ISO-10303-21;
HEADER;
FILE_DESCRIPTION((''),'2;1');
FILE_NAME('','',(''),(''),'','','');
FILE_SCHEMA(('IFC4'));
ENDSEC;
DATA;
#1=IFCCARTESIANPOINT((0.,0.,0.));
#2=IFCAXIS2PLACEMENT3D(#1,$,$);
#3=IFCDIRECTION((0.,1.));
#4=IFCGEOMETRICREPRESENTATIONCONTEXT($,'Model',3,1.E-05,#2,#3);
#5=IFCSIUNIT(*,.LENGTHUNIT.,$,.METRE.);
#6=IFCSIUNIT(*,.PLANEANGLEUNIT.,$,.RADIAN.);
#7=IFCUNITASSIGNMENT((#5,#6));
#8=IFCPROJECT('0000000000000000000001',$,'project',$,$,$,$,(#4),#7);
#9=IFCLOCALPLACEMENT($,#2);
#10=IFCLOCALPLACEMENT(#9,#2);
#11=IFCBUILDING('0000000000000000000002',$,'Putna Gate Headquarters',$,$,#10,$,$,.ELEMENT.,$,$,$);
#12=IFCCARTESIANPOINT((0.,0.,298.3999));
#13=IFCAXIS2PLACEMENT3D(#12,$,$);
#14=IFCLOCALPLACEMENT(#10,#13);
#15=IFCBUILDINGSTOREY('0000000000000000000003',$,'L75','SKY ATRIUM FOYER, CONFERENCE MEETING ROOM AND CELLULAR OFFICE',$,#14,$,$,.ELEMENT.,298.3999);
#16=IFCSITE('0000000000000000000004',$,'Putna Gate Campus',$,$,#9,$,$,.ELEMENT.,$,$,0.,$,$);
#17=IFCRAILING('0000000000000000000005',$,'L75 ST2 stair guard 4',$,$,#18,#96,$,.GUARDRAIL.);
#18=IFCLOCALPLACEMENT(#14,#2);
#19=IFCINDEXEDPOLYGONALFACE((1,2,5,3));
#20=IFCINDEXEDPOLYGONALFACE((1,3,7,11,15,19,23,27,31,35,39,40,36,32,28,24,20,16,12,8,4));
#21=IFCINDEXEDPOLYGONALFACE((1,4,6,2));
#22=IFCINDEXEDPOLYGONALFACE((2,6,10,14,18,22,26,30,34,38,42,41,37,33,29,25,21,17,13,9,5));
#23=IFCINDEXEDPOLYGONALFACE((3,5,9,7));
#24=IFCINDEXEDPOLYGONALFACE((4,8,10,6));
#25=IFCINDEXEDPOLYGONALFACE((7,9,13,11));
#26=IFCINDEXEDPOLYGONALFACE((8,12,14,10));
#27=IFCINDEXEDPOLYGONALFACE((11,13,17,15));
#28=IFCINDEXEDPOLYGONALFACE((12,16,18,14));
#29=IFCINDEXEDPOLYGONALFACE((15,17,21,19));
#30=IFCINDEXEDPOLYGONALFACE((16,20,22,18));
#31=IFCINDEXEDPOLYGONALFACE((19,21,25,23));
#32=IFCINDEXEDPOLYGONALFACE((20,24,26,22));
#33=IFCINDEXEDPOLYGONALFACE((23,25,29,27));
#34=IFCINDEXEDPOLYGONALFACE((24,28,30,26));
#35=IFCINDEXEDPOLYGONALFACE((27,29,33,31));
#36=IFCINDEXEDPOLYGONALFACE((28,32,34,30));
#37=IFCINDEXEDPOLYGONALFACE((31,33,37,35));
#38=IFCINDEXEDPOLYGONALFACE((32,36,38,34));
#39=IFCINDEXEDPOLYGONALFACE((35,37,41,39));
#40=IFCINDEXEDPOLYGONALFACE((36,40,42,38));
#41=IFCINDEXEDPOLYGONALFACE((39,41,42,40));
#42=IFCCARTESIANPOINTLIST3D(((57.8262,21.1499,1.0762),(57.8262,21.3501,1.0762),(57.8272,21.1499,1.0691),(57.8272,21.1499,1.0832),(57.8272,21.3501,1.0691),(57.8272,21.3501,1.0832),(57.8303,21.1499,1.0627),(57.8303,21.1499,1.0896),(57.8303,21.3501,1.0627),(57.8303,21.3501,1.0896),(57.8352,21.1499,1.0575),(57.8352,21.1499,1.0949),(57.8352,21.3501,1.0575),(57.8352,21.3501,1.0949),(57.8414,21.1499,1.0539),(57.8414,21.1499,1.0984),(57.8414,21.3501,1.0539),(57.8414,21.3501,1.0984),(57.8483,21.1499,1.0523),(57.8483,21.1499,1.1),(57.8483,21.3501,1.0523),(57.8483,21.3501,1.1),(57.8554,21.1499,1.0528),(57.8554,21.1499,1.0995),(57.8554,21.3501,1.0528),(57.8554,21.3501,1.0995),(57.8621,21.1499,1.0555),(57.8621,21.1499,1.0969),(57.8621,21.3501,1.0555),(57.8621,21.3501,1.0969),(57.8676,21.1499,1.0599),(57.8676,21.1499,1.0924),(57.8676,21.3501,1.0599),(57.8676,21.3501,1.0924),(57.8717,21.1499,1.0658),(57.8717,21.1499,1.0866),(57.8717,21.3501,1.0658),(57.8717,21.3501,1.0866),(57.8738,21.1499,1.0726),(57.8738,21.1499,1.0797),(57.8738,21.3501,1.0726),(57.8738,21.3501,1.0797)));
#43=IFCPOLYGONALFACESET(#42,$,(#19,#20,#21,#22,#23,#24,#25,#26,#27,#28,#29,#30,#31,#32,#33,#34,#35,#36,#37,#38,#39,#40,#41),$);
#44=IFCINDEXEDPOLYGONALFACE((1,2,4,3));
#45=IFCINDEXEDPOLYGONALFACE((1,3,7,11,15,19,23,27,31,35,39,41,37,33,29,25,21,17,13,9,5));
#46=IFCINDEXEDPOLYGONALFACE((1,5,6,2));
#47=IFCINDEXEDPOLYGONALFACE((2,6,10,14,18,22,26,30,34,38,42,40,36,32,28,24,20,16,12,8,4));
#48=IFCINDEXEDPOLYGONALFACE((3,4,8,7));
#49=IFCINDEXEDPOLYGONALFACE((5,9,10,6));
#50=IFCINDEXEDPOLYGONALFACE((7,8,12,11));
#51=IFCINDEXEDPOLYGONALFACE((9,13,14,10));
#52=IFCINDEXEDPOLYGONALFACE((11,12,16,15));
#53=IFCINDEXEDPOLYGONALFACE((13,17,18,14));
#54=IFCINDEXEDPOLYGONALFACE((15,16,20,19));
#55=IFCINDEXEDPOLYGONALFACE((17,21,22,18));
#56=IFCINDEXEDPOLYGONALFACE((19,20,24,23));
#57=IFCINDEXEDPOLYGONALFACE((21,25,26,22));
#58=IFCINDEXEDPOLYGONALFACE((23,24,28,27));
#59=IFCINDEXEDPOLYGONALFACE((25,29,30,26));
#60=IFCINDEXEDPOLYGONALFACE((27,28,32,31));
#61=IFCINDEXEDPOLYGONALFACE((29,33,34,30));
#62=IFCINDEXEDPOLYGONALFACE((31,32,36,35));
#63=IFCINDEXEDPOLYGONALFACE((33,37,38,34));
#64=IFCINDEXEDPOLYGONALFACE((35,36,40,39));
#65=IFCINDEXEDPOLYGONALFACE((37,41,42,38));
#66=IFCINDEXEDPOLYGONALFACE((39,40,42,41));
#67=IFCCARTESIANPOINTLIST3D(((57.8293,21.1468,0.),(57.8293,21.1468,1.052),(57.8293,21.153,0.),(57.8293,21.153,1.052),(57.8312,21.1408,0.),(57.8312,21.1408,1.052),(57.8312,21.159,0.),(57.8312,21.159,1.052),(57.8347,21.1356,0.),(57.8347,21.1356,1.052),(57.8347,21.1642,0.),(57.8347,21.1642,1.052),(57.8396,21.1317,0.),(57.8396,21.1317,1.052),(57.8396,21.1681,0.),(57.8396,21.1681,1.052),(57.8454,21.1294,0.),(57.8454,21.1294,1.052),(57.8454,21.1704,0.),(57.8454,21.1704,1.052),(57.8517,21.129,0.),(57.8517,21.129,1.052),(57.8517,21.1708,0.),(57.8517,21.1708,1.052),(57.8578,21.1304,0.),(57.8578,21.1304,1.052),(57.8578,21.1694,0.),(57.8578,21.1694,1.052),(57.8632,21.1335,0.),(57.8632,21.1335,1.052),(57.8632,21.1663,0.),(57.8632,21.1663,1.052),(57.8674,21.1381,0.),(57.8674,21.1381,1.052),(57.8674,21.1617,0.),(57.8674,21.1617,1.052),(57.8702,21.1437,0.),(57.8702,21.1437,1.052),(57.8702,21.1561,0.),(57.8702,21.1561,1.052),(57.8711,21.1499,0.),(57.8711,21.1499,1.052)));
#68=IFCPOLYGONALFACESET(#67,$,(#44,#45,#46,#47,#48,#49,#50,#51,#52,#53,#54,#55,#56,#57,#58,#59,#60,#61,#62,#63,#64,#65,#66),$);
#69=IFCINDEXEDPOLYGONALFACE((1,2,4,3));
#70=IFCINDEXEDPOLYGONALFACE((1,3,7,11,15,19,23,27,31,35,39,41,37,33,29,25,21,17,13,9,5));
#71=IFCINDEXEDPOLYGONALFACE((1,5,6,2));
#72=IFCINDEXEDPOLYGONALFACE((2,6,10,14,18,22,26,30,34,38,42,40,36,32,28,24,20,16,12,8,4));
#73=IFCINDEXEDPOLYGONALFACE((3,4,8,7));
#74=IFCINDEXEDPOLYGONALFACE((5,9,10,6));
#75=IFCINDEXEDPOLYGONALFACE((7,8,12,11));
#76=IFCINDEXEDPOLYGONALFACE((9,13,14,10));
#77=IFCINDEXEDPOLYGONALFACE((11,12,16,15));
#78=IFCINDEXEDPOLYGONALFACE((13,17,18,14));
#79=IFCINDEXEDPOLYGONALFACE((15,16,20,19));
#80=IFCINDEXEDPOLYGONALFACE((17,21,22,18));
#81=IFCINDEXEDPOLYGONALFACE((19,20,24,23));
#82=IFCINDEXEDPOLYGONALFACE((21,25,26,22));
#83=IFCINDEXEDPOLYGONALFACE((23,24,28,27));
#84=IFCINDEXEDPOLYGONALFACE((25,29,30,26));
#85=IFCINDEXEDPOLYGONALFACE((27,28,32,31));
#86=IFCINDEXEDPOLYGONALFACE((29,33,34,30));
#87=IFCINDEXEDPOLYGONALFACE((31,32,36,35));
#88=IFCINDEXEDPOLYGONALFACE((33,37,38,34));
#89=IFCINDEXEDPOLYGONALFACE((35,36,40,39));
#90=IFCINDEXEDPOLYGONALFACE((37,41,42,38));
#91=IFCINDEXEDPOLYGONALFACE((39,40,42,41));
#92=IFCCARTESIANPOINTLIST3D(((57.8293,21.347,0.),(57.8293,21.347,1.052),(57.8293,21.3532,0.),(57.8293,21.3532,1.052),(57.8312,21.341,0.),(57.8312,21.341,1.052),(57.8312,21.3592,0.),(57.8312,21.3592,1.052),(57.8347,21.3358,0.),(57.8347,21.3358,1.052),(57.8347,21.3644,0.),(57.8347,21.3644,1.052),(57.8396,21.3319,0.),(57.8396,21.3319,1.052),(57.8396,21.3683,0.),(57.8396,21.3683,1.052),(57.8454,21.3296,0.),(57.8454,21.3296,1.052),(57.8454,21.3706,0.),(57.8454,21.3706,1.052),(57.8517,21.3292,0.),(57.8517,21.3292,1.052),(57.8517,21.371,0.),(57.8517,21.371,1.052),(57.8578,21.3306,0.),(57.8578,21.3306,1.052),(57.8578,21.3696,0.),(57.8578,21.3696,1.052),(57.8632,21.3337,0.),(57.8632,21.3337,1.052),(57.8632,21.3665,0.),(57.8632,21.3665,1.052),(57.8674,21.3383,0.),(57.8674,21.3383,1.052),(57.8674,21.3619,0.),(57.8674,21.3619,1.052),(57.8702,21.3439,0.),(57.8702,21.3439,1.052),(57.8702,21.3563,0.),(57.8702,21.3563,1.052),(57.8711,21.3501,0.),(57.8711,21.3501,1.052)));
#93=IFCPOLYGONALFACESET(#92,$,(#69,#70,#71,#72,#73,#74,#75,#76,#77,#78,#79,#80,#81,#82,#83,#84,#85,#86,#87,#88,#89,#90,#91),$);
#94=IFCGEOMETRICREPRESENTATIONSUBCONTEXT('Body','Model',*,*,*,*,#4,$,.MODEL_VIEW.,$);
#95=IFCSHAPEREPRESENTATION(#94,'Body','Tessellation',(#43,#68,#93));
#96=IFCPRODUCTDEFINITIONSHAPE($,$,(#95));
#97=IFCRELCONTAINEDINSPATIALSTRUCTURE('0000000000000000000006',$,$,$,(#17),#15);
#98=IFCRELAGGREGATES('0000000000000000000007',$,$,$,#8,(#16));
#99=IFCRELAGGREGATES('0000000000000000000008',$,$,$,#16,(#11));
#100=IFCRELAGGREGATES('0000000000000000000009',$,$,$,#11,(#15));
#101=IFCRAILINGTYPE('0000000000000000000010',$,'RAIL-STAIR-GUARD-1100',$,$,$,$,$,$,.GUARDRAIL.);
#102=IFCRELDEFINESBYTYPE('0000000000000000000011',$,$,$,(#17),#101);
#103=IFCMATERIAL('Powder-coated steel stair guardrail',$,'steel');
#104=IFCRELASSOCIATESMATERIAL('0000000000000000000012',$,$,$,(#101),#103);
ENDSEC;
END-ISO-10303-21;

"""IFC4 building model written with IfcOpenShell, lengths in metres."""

from ifc_helpers import new_model, si_unit, direction, frame, origin, origin_2d, place, context, subcontext, project, spatial, circle, extrude, material, type_object, element, save


model = new_model("IFC4")

# Units and contexts
model_context = context("Model", 3, precision=1e-05, world=origin(), true_north=direction((0.0, 1.0)))
body_context = subcontext(model_context, "Body", "Model", "MODEL_VIEW")
ifc_project = project(units=[si_unit("LENGTHUNIT", "METRE"), si_unit("PLANEANGLEUNIT", "RADIAN")], contexts=[model_context])

# Site, building, storey
site_placement = place(None, origin())
site = spatial("IfcSite", under=ifc_project, at=site_placement, Name="Putna Gate Campus", CompositionType="ELEMENT", RefElevation=0.0)
building_placement = place(site_placement, origin())
building = spatial("IfcBuilding", under=site, at=building_placement, Name="Putna Gate Headquarters", CompositionType="ELEMENT")
storey_placement = place(building_placement, frame((0.0, 0.0, 298.3999)))
storey = spatial("IfcBuildingStorey", under=building, at=storey_placement, Name="L75", Description="SKY ATRIUM FOYER, CONFERENCE MEETING ROOM AND CELLULAR OFFICE", CompositionType="ELEMENT", Elevation=298.3999)

# Railing
ifc_material_1 = material(Name="Powder-coated steel stair guardrail", Category="steel")
railing_type_1 = type_object("IfcRailingType", Name="RAIL-STAIR-GUARD-1100", PredefinedType="GUARDRAIL", material=ifc_material_1)
railing_1_placement = place(storey_placement, frame((57.8501, 21.1499, 0.0)))
element("IfcRailing", 1, at=railing_1_placement, inside=storey, type_object=railing_type_1, Name="L75 ST2 stair guard 4", PredefinedType="GUARDRAIL", context=body_context, shape_type="SweptSolid", body=[
    extrude(circle(Radius=0.0239, at=origin_2d()), frame((0.0, 0.0, 1.0762), z_axis=(0.0, 1.0, 0.0), x_axis=(-1.0, 0.0, 0.0)), (0.0, 0.0, 1.0), 0.2002),
    extrude(circle(Radius=0.021, at=origin_2d()), origin(), (0.0, 0.0, 1.0), 1.052),
    extrude(circle(Radius=0.021, at=origin_2d()), frame((0.0, 0.2002, 0.0)), (0.0, 0.0, 1.0), 1.052),
])

save(model, "model.ifc")
